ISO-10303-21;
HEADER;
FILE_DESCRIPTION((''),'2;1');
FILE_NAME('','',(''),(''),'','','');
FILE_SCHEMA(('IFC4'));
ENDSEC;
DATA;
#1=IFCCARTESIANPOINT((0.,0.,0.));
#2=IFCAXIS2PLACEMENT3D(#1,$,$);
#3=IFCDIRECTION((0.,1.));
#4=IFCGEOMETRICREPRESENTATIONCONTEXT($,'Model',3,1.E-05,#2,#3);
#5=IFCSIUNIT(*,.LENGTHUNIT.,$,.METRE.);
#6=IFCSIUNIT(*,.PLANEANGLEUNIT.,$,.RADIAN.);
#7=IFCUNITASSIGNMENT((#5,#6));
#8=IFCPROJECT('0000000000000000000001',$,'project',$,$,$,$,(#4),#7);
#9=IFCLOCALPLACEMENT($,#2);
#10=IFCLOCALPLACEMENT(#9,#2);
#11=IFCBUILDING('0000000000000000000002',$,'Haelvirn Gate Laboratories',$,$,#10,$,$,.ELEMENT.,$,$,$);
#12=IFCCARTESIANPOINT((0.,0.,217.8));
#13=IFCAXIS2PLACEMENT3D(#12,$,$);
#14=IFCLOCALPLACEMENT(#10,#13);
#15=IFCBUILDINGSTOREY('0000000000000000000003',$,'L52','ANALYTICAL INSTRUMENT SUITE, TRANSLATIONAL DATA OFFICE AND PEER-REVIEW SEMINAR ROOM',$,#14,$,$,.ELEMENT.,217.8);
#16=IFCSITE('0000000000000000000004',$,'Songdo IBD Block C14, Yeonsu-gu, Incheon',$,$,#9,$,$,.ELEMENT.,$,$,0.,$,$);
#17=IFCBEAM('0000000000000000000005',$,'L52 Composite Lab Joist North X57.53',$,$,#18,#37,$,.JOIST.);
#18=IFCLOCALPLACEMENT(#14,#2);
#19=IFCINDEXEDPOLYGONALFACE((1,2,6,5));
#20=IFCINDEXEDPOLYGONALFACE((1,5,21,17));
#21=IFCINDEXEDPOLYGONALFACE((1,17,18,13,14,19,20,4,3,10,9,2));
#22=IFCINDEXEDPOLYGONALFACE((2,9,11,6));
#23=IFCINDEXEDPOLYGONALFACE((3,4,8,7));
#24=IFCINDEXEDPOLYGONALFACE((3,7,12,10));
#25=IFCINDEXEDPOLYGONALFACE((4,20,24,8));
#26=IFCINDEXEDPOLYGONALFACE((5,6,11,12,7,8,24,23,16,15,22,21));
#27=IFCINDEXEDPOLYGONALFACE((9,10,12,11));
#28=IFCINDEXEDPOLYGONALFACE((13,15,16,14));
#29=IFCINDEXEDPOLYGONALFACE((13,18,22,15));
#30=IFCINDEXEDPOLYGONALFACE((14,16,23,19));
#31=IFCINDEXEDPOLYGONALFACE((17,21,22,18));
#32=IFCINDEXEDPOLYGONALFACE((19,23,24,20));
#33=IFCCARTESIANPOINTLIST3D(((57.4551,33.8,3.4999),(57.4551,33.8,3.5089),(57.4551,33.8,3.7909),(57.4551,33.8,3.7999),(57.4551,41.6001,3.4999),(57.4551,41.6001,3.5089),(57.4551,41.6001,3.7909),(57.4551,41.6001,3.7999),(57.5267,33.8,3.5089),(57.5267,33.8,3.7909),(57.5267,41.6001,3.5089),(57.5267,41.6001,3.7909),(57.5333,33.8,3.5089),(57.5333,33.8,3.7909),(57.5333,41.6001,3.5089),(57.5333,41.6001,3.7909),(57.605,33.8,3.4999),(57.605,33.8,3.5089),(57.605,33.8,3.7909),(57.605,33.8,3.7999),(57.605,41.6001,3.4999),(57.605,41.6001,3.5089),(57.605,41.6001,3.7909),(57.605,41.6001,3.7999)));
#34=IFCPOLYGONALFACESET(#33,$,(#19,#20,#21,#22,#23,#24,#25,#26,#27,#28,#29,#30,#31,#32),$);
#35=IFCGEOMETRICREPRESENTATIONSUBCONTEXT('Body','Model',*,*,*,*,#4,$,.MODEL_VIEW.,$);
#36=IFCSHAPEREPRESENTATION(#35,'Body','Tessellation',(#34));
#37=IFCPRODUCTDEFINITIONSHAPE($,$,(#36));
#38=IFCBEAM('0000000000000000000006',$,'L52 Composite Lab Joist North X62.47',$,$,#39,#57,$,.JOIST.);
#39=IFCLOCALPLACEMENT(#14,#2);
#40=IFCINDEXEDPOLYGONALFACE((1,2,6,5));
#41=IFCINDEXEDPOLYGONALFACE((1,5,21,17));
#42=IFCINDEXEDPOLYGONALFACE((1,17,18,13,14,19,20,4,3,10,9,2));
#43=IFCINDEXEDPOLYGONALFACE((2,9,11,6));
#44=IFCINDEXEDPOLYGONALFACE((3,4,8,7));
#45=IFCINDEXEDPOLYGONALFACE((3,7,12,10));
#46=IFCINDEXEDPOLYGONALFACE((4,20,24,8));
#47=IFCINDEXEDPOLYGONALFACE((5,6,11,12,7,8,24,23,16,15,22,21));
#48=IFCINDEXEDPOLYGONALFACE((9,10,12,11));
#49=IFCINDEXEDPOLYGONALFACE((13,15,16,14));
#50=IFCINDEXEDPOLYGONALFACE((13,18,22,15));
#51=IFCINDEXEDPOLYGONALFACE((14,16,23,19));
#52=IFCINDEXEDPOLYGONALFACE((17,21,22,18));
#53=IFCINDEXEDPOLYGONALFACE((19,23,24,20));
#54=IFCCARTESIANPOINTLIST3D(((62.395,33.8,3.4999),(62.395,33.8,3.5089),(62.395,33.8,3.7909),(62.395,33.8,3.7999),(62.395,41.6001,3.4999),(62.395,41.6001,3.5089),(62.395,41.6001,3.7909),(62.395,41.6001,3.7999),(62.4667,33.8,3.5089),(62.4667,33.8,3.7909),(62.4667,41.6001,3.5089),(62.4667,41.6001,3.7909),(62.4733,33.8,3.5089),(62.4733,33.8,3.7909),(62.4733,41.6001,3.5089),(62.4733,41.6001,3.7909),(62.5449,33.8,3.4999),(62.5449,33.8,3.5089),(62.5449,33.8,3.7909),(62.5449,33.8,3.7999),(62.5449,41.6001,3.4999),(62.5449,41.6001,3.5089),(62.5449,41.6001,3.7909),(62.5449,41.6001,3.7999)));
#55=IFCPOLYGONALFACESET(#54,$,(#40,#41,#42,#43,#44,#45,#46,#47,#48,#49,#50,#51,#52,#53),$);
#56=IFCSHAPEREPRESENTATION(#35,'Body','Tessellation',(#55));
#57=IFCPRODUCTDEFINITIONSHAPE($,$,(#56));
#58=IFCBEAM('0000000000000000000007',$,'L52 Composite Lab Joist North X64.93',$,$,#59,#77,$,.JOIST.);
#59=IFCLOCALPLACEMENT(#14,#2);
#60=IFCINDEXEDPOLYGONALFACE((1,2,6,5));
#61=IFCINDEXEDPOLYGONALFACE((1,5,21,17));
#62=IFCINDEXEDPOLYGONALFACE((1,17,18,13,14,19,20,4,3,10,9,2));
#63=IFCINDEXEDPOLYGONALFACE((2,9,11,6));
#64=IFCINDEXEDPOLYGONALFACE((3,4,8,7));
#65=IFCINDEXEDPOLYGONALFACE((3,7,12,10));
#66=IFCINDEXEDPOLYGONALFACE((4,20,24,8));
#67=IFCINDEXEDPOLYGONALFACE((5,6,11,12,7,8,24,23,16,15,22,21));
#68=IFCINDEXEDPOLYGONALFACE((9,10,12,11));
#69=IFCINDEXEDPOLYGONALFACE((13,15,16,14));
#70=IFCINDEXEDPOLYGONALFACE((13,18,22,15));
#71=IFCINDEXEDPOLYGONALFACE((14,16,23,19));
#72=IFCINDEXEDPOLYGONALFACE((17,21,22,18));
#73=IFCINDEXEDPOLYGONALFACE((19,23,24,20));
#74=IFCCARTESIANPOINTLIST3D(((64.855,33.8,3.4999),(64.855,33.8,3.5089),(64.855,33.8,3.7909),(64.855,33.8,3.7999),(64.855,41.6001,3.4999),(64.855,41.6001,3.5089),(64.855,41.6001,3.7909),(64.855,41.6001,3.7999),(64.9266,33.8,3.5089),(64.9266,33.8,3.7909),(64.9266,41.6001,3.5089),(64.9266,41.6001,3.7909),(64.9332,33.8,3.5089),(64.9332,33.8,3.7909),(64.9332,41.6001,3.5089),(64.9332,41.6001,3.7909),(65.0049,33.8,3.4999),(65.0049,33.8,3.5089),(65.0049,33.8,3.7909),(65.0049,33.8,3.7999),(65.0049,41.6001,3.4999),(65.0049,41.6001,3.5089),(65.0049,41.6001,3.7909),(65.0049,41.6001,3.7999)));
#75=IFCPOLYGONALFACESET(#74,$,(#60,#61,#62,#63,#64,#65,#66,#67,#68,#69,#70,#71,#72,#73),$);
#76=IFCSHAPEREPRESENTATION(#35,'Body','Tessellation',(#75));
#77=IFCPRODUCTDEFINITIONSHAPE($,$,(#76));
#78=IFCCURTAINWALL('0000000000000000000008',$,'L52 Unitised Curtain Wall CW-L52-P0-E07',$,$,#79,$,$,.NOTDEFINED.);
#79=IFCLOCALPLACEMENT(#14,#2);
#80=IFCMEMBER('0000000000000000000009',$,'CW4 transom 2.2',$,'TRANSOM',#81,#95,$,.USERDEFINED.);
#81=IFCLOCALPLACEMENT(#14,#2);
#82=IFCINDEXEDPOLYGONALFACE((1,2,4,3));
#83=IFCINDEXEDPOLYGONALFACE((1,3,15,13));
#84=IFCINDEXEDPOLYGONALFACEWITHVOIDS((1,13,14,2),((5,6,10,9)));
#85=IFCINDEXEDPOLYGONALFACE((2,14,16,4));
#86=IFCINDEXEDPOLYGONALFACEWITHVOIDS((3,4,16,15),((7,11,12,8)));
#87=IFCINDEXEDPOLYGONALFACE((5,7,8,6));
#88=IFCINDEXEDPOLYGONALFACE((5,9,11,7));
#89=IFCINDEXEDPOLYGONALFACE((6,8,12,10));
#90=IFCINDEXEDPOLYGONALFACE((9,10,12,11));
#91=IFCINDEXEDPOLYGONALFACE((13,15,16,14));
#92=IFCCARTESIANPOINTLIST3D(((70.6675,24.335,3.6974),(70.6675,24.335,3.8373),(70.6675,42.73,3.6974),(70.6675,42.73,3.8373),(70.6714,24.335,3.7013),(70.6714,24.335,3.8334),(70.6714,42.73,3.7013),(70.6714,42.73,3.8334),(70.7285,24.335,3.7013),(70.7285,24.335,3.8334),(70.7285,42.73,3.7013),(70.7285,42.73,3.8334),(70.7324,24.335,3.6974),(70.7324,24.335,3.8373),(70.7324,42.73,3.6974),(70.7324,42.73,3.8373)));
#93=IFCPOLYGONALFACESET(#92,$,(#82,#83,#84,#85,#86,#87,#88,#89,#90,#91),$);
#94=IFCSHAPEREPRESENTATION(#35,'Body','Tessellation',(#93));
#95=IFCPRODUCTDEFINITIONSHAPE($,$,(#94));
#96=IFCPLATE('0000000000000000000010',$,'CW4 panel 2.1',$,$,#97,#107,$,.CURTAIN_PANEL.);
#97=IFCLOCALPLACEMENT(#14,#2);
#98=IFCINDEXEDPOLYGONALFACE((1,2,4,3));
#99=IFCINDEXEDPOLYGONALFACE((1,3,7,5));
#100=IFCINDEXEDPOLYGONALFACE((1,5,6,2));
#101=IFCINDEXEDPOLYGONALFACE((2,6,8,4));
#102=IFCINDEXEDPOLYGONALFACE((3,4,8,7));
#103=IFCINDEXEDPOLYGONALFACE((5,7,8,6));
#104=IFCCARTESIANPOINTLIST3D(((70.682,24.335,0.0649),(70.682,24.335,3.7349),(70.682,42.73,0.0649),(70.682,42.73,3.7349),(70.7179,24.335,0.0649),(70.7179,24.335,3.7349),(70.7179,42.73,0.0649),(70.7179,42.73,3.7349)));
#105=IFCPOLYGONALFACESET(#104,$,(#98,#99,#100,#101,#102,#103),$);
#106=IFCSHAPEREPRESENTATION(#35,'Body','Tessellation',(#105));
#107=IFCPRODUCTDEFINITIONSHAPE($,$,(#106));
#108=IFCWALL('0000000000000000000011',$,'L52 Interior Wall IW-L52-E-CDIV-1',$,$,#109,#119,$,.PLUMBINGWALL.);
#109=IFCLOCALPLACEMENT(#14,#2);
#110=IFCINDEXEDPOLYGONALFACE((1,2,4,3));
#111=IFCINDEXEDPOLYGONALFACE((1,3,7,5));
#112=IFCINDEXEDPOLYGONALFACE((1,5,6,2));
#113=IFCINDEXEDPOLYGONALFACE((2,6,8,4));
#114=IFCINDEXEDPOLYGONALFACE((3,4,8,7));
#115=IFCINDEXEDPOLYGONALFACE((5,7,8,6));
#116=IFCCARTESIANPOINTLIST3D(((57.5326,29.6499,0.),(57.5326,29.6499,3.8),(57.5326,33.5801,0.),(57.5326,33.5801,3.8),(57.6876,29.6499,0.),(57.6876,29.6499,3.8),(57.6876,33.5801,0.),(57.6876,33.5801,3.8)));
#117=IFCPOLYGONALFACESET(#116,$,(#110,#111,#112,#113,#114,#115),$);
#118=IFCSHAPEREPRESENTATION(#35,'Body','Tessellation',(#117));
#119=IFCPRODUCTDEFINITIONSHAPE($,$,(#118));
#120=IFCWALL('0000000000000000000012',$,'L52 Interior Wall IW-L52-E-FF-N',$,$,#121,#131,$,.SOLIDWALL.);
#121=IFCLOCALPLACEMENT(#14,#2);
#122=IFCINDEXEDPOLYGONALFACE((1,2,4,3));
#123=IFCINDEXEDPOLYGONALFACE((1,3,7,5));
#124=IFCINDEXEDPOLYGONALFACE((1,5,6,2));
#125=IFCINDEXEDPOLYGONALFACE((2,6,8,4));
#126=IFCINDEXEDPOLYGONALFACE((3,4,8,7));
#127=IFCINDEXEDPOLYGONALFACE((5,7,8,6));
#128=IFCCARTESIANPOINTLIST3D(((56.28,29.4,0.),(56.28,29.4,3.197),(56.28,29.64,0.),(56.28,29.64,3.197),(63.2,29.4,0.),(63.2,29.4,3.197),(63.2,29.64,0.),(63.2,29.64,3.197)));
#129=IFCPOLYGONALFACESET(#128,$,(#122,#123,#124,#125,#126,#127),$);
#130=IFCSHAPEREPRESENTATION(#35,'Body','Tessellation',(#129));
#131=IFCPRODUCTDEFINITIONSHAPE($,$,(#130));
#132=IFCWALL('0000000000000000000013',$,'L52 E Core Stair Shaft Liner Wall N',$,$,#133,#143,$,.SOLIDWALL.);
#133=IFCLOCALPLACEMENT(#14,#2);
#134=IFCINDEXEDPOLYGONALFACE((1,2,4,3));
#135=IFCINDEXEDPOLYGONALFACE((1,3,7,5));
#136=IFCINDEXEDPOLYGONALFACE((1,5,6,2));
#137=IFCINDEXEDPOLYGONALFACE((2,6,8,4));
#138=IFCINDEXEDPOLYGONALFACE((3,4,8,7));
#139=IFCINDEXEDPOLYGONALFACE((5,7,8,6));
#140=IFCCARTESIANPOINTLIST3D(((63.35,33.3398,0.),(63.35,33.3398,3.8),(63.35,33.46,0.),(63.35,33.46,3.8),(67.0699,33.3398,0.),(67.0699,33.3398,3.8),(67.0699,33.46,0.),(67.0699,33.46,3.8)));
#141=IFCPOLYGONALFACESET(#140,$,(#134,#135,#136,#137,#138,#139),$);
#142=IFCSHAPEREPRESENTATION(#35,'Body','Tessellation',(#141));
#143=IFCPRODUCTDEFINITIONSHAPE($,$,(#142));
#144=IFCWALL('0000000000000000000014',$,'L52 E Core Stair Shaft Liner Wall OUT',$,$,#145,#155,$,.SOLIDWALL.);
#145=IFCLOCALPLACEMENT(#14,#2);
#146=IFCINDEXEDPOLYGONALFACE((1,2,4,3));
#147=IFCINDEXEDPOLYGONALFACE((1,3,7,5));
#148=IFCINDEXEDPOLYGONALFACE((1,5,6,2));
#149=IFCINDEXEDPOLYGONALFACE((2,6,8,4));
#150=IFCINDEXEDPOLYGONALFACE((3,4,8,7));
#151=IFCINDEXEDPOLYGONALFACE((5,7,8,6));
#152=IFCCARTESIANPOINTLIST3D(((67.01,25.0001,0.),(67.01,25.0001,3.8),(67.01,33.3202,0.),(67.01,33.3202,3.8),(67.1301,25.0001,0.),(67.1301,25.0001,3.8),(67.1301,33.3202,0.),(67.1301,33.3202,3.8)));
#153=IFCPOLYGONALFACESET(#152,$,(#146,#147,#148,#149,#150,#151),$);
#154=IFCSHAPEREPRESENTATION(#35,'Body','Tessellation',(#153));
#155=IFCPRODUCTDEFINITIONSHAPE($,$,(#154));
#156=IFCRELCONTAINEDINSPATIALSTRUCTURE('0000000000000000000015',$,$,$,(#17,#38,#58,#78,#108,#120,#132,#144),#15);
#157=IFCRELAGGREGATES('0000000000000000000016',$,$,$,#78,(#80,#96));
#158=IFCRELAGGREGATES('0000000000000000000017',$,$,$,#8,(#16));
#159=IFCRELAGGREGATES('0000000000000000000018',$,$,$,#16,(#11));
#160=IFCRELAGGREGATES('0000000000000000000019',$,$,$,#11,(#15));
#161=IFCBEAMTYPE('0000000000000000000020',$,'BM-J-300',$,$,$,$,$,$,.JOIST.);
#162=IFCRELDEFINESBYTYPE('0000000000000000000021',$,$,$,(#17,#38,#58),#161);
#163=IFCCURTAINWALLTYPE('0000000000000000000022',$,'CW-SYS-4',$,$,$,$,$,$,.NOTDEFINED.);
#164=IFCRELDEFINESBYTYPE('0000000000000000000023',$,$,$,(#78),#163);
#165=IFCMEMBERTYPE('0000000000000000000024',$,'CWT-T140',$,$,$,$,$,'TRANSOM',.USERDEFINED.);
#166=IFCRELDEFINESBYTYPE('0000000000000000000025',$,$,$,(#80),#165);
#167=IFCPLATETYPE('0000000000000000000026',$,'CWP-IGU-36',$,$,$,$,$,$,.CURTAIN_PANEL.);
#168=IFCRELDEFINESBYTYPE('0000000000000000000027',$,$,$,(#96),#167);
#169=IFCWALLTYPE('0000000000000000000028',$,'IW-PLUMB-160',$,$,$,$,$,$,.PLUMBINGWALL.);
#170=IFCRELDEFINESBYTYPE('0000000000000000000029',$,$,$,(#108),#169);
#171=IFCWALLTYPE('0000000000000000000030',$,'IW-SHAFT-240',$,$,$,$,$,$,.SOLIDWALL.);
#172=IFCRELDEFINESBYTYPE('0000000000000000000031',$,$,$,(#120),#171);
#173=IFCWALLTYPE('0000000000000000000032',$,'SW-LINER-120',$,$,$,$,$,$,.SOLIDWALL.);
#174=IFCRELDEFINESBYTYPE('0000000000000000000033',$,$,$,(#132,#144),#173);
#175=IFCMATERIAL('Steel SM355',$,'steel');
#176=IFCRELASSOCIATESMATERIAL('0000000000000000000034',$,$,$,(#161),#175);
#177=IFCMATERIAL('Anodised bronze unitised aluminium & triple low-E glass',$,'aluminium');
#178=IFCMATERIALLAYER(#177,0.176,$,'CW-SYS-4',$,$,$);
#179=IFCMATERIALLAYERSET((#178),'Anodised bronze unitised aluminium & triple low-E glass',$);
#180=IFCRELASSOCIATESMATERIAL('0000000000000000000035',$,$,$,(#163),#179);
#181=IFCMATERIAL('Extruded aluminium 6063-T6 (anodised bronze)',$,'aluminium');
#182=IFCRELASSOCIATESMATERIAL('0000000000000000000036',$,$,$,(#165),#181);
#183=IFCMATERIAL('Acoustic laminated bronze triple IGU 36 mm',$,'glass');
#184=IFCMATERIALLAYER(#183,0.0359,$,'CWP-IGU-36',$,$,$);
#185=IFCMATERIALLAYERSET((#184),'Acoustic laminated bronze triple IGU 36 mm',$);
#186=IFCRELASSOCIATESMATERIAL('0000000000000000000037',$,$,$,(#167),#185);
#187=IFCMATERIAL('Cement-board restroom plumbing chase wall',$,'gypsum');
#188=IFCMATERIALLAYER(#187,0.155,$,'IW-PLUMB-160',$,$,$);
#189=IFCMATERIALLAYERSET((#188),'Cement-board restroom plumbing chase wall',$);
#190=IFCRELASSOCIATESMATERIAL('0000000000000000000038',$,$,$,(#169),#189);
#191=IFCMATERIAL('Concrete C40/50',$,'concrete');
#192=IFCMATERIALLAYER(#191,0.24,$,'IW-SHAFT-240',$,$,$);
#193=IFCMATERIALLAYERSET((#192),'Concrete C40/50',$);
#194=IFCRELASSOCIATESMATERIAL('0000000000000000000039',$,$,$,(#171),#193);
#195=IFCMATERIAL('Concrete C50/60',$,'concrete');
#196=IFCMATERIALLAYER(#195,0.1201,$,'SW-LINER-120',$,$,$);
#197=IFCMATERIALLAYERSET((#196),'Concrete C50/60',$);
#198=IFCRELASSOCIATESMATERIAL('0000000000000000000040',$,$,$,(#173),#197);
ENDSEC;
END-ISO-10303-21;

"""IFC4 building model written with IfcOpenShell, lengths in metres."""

from ifc_helpers import new_model, si_unit, direction, frame, frame_2d, origin, origin_2d, place, context, subcontext, project, spatial, rectangle, hollow_rectangle, i_section, extrude, source, transform, mapped, material, layer, layer_set, material_profile, profile_set, type_object, type_shapes, element, aggregate, save


model = new_model("IFC4")

# Units and contexts
model_context = context("Model", 3, precision=1e-05, world=origin(), true_north=direction((0.0, 1.0)))
body_context = subcontext(model_context, "Body", "Model", "MODEL_VIEW")
ifc_project = project(units=[si_unit("LENGTHUNIT", "METRE"), si_unit("PLANEANGLEUNIT", "RADIAN")], contexts=[model_context])

# Site, building, storey
site_placement = place(None, origin())
site = spatial("IfcSite", under=ifc_project, at=site_placement, Name="Songdo IBD Block C14, Yeonsu-gu, Incheon", CompositionType="ELEMENT", RefElevation=0.0)
building_placement = place(site_placement, origin())
building = spatial("IfcBuilding", under=site, at=building_placement, Name="Haelvirn Gate Laboratories", CompositionType="ELEMENT")
storey_placement = place(building_placement, frame((0.0, 0.0, 217.8)))
storey = spatial("IfcBuildingStorey", under=building, at=storey_placement, Name="L52", Description="ANALYTICAL INSTRUMENT SUITE, TRANSLATIONAL DATA OFFICE AND PEER-REVIEW SEMINAR ROOM", CompositionType="ELEMENT", Elevation=217.8)

# Beams
ifc_material_1 = material(Name="Steel SM355", Category="steel")
ifc_material_profile_1 = material_profile(ifc_material_1, i_section(OverallWidth=0.1499, OverallDepth=0.3, WebThickness=0.0066, FlangeThickness=0.009, at=origin_2d()), Name="H-300x150x6.5x9")
ifc_profile_set_1 = profile_set([ifc_material_profile_1], Name="Steel SM355")
beam_type = type_object("IfcBeamType", Name="BM-J-300", PredefinedType="JOIST", material=ifc_profile_set_1)
shared_shape_1 = source(origin(), body_context, "Body", "SweptSolid", [
    extrude(i_section(OverallWidth=0.1499, OverallDepth=0.3, WebThickness=0.0066, FlangeThickness=0.009, at=origin_2d()), origin(), (0.0, 0.0, 1.0), 7.8),
])
type_shapes(beam_type, [shared_shape_1])
for number, where, z_axis, x_axis, name in (
    (1, (57.53, 33.8, 3.6499), (0.0, 1.0, 0.0), (-1.0, 0.0, 0.0), "L52 Composite Lab Joist North X57.53"),
    (2, (62.47, 33.8, 3.6499), (0.0, 1.0, 0.0), (-1.0, 0.0, 0.0), "L52 Composite Lab Joist North X62.47"),
    (3, (64.9299, 33.8, 3.6499), (0.0, 1.0, 0.0), (-1.0, 0.0, 0.0), "L52 Composite Lab Joist North X64.93"),
):
    element("IfcBeam", number, at=place(storey_placement, frame(where, z_axis=z_axis, x_axis=x_axis)), inside=storey, type_object=beam_type, Name=name, PredefinedType="JOIST", context=body_context, shape_type="MappedRepresentation", body=[
        mapped(shared_shape_1, transform((0.0, 0.0, 0.0), scale=1.0)),
    ])

# Curtain wall, member, plate
ifc_material_2 = material(Name="Anodised bronze unitised aluminium & triple low-E glass", Category="aluminium")
ifc_layer_1 = layer(ifc_material_2, 0.176, Name="CW-SYS-4")
ifc_layer_set_1 = layer_set([ifc_layer_1], Name="Anodised bronze unitised aluminium & triple low-E glass")
curtain_wall_type = type_object("IfcCurtainWallType", Name="CW-SYS-4", PredefinedType="NOTDEFINED", material=ifc_layer_set_1)
curtain_wall_placement = place(storey_placement, origin())
curtain_wall = element("IfcCurtainWall", 4, at=curtain_wall_placement, inside=storey, type_object=curtain_wall_type, Name="L52 Unitised Curtain Wall CW-L52-P0-E07", PredefinedType="NOTDEFINED")
ifc_material_3 = material(Name="Extruded aluminium 6063-T6 (anodised bronze)", Category="aluminium")
ifc_material_profile_2 = material_profile(ifc_material_3, hollow_rectangle(XDim=0.0649, YDim=0.1399, WallThickness=0.0039, at=origin_2d()), Name="CWT-140x65x4")
ifc_profile_set_2 = profile_set([ifc_material_profile_2], Name="Extruded aluminium 6063-T6 (anodised bronze)")
member_type = type_object("IfcMemberType", Name="CWT-T140", ElementType="TRANSOM", PredefinedType="USERDEFINED", material=ifc_profile_set_2)
shared_shape_2 = source(origin(), body_context, "Body", "SweptSolid", [
    extrude(hollow_rectangle(XDim=0.0649, YDim=0.1399, WallThickness=0.0039, at=origin_2d()), origin(), (0.0, 0.0, 1.0), 18.395),
])
type_shapes(member_type, [shared_shape_2])
member_placement = place(storey_placement, frame((70.7, 24.335, 3.7673), z_axis=(0.0, 1.0, 0.0), x_axis=(-1.0, 0.0, 0.0)))
member = element("IfcMember", 5, at=member_placement, type_object=member_type, Name="CW4 transom 2.2", ObjectType="TRANSOM", PredefinedType="USERDEFINED", context=body_context, shape_type="MappedRepresentation", body=[
    mapped(shared_shape_2, transform((0.0, 0.0, 0.0), scale=1.0)),
])
ifc_material_4 = material(Name="Acoustic laminated bronze triple IGU 36 mm", Category="glass")
ifc_layer_2 = layer(ifc_material_4, 0.0359, Name="CWP-IGU-36")
ifc_layer_set_2 = layer_set([ifc_layer_2], Name="Acoustic laminated bronze triple IGU 36 mm")
plate_type = type_object("IfcPlateType", Name="CWP-IGU-36", PredefinedType="CURTAIN_PANEL", material=ifc_layer_set_2)
shared_shape_3 = source(origin(), body_context, "Body", "SweptSolid", [
    extrude(rectangle(XDim=18.395, YDim=0.0359, at=origin_2d()), origin(), (0.0, 0.0, 1.0), 3.6699),
])
type_shapes(plate_type, [shared_shape_3])
plate_placement = place(storey_placement, frame((70.7, 33.5325, 0.0649), z_axis=(0.0, 0.0, 1.0), x_axis=(0.0, 1.0, 0.0)))
plate = element("IfcPlate", 6, at=plate_placement, type_object=plate_type, Name="CW4 panel 2.1", PredefinedType="CURTAIN_PANEL", context=body_context, shape_type="MappedRepresentation", body=[
    mapped(shared_shape_3, transform((0.0, 0.0, 0.0), scale=1.0)),
])
aggregate(curtain_wall, [member, plate])

# Walls
ifc_material_5 = material(Name="Cement-board restroom plumbing chase wall", Category="gypsum")
ifc_layer_3 = layer(ifc_material_5, 0.155, Name="IW-PLUMB-160")
ifc_layer_set_3 = layer_set([ifc_layer_3], Name="Cement-board restroom plumbing chase wall")
wall_type_1 = type_object("IfcWallType", Name="IW-PLUMB-160", PredefinedType="PLUMBINGWALL", material=ifc_layer_set_3)
wall_1_placement = place(storey_placement, frame((57.6101, 29.6499, 0.0), z_axis=(0.0, 0.0, 1.0), x_axis=(0.0, 1.0, 0.0)))
element("IfcWall", 7, at=wall_1_placement, inside=storey, type_object=wall_type_1, Name="L52 Interior Wall IW-L52-E-CDIV-1", PredefinedType="PLUMBINGWALL", context=body_context, shape_type="SweptSolid", body=[
    extrude(rectangle(XDim=3.9302, YDim=0.155, at=frame_2d((1.9651, 0.0))), origin(), (0.0, 0.0, 1.0), 3.8),
])
ifc_material_6 = material(Name="Concrete C40/50", Category="concrete")
ifc_layer_4 = layer(ifc_material_6, 0.24, Name="IW-SHAFT-240")
ifc_layer_set_4 = layer_set([ifc_layer_4], Name="Concrete C40/50")
wall_type_2 = type_object("IfcWallType", Name="IW-SHAFT-240", PredefinedType="SOLIDWALL", material=ifc_layer_set_4)
wall_2_placement = place(storey_placement, frame((56.28, 29.52, 0.0), z_axis=(0.0, 0.0, 1.0), x_axis=(1.0, 0.0, 0.0)))
element("IfcWall", 8, at=wall_2_placement, inside=storey, type_object=wall_type_2, Name="L52 Interior Wall IW-L52-E-FF-N", PredefinedType="SOLIDWALL", context=body_context, shape_type="SweptSolid", body=[
    extrude(rectangle(XDim=6.9199, YDim=0.24, at=frame_2d((3.46, 0.0))), origin(), (0.0, 0.0, 1.0), 3.197),
])
ifc_material_7 = material(Name="Concrete C50/60", Category="concrete")
ifc_layer_5 = layer(ifc_material_7, 0.1201, Name="SW-LINER-120")
ifc_layer_set_5 = layer_set([ifc_layer_5], Name="Concrete C50/60")
wall_type_3 = type_object("IfcWallType", Name="SW-LINER-120", PredefinedType="SOLIDWALL", material=ifc_layer_set_5)
wall_3_placement = place(storey_placement, frame((63.3501, 33.3999, 0.0), z_axis=(0.0, 0.0, 1.0), x_axis=(1.0, 0.0, 0.0)))
element("IfcWall", 9, at=wall_3_placement, inside=storey, type_object=wall_type_3, Name="L52 E Core Stair Shaft Liner Wall N", PredefinedType="SOLIDWALL", context=body_context, shape_type="SweptSolid", body=[
    extrude(rectangle(XDim=3.72, YDim=0.1201, at=frame_2d((1.8599, 0.0))), origin(), (0.0, 0.0, 1.0), 3.8),
])
wall_4_placement = place(storey_placement, frame((67.0701, 25.0, 0.0), z_axis=(0.0, 0.0, 1.0), x_axis=(0.0, 1.0, 0.0)))
element("IfcWall", 10, at=wall_4_placement, inside=storey, type_object=wall_type_3, Name="L52 E Core Stair Shaft Liner Wall OUT", PredefinedType="SOLIDWALL", context=body_context, shape_type="SweptSolid", body=[
    extrude(rectangle(XDim=8.3201, YDim=0.1201, at=frame_2d((4.1602, 0.0))), origin(), (0.0, 0.0, 1.0), 3.8),
])

save(model, "model.ifc")
